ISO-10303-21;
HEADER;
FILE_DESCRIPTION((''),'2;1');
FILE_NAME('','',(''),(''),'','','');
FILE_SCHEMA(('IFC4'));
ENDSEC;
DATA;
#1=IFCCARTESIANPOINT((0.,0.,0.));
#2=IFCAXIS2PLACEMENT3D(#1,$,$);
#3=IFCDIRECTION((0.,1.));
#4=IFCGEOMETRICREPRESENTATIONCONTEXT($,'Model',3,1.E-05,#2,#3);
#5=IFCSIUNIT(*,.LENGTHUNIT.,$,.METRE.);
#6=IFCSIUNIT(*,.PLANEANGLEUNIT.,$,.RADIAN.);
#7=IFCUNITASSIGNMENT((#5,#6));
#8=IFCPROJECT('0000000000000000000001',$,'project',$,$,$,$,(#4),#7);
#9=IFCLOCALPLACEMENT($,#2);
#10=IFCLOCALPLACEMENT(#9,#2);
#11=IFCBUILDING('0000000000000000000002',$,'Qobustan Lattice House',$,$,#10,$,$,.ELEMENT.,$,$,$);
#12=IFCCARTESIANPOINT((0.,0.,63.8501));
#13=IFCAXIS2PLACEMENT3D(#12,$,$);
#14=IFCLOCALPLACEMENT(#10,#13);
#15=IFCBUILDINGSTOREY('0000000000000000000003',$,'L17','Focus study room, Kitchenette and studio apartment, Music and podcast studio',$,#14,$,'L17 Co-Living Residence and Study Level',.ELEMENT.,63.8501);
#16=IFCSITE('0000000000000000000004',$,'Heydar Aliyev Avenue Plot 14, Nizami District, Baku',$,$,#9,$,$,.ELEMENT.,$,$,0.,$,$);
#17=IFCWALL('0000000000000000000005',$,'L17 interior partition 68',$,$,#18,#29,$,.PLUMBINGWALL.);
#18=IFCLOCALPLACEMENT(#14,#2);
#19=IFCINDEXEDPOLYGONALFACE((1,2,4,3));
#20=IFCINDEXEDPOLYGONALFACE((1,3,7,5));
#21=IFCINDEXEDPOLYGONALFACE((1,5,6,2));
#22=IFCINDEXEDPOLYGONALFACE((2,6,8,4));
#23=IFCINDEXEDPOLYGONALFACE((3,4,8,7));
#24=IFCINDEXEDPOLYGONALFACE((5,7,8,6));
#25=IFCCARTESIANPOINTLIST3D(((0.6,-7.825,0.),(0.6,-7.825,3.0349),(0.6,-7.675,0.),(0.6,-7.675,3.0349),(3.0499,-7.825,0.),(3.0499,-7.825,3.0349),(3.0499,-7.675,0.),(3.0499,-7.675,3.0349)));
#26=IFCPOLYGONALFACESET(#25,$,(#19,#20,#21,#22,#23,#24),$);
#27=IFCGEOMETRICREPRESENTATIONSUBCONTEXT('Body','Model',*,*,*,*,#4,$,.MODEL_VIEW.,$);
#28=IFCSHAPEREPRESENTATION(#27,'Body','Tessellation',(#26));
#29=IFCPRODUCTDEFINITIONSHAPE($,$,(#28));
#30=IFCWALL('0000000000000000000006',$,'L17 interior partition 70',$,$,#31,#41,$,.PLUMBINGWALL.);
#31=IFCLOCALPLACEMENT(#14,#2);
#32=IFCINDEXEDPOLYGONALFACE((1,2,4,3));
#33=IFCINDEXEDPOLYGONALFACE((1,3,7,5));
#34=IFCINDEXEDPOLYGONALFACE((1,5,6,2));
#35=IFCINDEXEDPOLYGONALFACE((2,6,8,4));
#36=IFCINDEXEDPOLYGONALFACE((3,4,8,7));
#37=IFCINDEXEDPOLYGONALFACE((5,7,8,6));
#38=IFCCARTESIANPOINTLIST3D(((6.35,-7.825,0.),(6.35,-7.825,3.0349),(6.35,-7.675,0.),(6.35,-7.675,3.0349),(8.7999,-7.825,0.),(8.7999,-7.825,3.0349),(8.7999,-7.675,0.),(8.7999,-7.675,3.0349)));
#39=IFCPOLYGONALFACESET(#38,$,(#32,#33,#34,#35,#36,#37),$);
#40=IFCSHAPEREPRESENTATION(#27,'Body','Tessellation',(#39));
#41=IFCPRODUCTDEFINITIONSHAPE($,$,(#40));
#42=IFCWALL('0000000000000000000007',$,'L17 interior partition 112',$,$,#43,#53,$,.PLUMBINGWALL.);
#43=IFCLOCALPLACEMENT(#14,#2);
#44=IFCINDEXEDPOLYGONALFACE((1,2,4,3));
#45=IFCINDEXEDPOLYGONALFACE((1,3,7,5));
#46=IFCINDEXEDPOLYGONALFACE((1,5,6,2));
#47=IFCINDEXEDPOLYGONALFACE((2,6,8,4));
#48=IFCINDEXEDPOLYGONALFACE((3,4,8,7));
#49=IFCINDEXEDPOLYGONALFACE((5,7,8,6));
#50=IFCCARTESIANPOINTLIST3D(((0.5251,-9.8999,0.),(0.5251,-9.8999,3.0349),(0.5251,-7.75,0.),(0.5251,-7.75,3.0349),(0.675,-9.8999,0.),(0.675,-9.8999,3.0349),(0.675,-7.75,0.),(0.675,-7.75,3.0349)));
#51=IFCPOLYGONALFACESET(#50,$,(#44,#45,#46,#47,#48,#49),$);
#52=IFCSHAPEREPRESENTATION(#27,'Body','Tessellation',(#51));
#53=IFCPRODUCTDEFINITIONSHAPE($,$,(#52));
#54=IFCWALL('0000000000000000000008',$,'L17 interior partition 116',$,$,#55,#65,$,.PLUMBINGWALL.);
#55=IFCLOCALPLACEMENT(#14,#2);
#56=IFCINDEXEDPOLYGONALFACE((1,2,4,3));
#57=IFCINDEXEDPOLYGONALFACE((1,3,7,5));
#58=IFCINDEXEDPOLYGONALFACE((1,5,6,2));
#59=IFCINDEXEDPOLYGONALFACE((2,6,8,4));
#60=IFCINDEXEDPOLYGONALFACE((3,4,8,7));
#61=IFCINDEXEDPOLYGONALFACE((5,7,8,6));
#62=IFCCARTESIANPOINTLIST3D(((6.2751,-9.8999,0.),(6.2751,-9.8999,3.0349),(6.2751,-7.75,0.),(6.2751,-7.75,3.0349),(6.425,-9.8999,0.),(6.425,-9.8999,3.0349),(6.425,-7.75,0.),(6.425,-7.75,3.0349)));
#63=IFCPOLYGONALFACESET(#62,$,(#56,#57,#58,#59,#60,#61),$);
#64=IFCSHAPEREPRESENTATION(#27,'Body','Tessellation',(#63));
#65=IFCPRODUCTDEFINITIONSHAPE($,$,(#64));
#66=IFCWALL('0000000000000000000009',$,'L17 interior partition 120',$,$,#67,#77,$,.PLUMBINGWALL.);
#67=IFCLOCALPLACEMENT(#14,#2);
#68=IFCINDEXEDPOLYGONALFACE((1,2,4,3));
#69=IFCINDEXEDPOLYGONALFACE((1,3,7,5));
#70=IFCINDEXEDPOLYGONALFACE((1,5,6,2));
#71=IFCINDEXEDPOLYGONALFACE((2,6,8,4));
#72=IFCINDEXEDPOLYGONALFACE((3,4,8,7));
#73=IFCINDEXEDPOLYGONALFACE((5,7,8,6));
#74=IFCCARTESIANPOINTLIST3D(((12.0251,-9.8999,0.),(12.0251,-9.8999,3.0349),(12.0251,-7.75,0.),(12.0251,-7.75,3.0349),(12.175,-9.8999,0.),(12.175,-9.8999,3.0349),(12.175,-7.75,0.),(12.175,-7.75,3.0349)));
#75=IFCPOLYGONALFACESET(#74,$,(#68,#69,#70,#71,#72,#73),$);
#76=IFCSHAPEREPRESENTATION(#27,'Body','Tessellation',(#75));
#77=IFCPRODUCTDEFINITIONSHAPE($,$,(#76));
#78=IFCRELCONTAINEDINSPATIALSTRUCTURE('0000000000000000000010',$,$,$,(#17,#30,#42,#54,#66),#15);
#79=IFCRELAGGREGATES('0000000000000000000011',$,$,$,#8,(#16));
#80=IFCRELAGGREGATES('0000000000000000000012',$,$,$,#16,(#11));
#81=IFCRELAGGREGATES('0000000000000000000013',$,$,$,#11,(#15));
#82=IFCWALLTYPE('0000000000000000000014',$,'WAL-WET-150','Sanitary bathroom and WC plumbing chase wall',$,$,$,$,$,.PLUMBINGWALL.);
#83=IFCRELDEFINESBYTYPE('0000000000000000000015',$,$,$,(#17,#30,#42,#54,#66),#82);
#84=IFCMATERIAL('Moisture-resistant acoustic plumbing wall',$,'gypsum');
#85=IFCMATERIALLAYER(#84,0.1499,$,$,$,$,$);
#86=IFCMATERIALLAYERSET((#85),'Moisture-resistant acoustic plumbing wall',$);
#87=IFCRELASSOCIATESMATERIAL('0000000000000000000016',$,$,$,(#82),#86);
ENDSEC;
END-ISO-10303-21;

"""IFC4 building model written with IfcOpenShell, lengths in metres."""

from ifc_helpers import new_model, si_unit, direction, frame, frame_2d, origin, place, context, subcontext, project, spatial, rectangle, extrude, material, layer, layer_set, type_object, element, save


model = new_model("IFC4")

# Units and contexts
model_context = context("Model", 3, precision=1e-05, world=origin(), true_north=direction((0.0, 1.0)))
body_context = subcontext(model_context, "Body", "Model", "MODEL_VIEW")
ifc_project = project(units=[si_unit("LENGTHUNIT", "METRE"), si_unit("PLANEANGLEUNIT", "RADIAN")], contexts=[model_context])

# Site, building, storey
site_placement = place(None, origin())
site = spatial("IfcSite", under=ifc_project, at=site_placement, Name="Heydar Aliyev Avenue Plot 14, Nizami District, Baku", CompositionType="ELEMENT", RefElevation=0.0)
building_placement = place(site_placement, origin())
building = spatial("IfcBuilding", under=site, at=building_placement, Name="Qobustan Lattice House", CompositionType="ELEMENT")
storey_placement = place(building_placement, frame((0.0, 0.0, 63.8501)))
storey = spatial("IfcBuildingStorey", under=building, at=storey_placement, Name="L17", Description="Focus study room, Kitchenette and studio apartment, Music and podcast studio", LongName="L17 Co-Living Residence and Study Level", CompositionType="ELEMENT", Elevation=63.8501)

# Walls
ifc_material_1 = material(Name="Moisture-resistant acoustic plumbing wall", Category="gypsum")
ifc_layer_1 = layer(ifc_material_1, 0.1499)
ifc_layer_set_1 = layer_set([ifc_layer_1], Name="Moisture-resistant acoustic plumbing wall")
wall_type_1 = type_object("IfcWallType", Name="WAL-WET-150", Description="Sanitary bathroom and WC plumbing chase wall", PredefinedType="PLUMBINGWALL", material=ifc_layer_set_1)
for number, where, z_axis, x_axis, name in (
    (1, (3.05, -7.75, 0.0), (0.0, 0.0, 1.0), (-1.0, 0.0, 0.0), "L17 interior partition 68"),
    (2, (8.8, -7.75, 0.0), (0.0, 0.0, 1.0), (-1.0, 0.0, 0.0), "L17 interior partition 70"),
):
    element("IfcWall", number, at=place(storey_placement, frame(where, z_axis=z_axis, x_axis=x_axis)), inside=storey, type_object=wall_type_1, Name=name, PredefinedType="PLUMBINGWALL", context=body_context, shape_type="SweptSolid", body=[
        extrude(rectangle(XDim=2.45, YDim=0.1499, at=frame_2d((1.2251, 0.0))), origin(), (0.0, 0.0, 1.0), 3.0349),
    ])
for number, where, z_axis, x_axis, name in (
    (3, (0.6001, -7.75, 0.0), (0.0, 0.0, 1.0), (0.0, -1.0, 0.0), "L17 interior partition 112"),
    (4, (6.3501, -7.75, 0.0), (0.0, 0.0, 1.0), (0.0, -1.0, 0.0), "L17 interior partition 116"),
    (5, (12.1001, -7.75, 0.0), (0.0, 0.0, 1.0), (0.0, -1.0, 0.0), "L17 interior partition 120"),
):
    element("IfcWall", number, at=place(storey_placement, frame(where, z_axis=z_axis, x_axis=x_axis)), inside=storey, type_object=wall_type_1, Name=name, PredefinedType="PLUMBINGWALL", context=body_context, shape_type="SweptSolid", body=[
        extrude(rectangle(XDim=2.1499, YDim=0.1499, at=frame_2d((1.075, 0.0))), origin(), (0.0, 0.0, 1.0), 3.0349),
    ])

save(model, "model.ifc")
